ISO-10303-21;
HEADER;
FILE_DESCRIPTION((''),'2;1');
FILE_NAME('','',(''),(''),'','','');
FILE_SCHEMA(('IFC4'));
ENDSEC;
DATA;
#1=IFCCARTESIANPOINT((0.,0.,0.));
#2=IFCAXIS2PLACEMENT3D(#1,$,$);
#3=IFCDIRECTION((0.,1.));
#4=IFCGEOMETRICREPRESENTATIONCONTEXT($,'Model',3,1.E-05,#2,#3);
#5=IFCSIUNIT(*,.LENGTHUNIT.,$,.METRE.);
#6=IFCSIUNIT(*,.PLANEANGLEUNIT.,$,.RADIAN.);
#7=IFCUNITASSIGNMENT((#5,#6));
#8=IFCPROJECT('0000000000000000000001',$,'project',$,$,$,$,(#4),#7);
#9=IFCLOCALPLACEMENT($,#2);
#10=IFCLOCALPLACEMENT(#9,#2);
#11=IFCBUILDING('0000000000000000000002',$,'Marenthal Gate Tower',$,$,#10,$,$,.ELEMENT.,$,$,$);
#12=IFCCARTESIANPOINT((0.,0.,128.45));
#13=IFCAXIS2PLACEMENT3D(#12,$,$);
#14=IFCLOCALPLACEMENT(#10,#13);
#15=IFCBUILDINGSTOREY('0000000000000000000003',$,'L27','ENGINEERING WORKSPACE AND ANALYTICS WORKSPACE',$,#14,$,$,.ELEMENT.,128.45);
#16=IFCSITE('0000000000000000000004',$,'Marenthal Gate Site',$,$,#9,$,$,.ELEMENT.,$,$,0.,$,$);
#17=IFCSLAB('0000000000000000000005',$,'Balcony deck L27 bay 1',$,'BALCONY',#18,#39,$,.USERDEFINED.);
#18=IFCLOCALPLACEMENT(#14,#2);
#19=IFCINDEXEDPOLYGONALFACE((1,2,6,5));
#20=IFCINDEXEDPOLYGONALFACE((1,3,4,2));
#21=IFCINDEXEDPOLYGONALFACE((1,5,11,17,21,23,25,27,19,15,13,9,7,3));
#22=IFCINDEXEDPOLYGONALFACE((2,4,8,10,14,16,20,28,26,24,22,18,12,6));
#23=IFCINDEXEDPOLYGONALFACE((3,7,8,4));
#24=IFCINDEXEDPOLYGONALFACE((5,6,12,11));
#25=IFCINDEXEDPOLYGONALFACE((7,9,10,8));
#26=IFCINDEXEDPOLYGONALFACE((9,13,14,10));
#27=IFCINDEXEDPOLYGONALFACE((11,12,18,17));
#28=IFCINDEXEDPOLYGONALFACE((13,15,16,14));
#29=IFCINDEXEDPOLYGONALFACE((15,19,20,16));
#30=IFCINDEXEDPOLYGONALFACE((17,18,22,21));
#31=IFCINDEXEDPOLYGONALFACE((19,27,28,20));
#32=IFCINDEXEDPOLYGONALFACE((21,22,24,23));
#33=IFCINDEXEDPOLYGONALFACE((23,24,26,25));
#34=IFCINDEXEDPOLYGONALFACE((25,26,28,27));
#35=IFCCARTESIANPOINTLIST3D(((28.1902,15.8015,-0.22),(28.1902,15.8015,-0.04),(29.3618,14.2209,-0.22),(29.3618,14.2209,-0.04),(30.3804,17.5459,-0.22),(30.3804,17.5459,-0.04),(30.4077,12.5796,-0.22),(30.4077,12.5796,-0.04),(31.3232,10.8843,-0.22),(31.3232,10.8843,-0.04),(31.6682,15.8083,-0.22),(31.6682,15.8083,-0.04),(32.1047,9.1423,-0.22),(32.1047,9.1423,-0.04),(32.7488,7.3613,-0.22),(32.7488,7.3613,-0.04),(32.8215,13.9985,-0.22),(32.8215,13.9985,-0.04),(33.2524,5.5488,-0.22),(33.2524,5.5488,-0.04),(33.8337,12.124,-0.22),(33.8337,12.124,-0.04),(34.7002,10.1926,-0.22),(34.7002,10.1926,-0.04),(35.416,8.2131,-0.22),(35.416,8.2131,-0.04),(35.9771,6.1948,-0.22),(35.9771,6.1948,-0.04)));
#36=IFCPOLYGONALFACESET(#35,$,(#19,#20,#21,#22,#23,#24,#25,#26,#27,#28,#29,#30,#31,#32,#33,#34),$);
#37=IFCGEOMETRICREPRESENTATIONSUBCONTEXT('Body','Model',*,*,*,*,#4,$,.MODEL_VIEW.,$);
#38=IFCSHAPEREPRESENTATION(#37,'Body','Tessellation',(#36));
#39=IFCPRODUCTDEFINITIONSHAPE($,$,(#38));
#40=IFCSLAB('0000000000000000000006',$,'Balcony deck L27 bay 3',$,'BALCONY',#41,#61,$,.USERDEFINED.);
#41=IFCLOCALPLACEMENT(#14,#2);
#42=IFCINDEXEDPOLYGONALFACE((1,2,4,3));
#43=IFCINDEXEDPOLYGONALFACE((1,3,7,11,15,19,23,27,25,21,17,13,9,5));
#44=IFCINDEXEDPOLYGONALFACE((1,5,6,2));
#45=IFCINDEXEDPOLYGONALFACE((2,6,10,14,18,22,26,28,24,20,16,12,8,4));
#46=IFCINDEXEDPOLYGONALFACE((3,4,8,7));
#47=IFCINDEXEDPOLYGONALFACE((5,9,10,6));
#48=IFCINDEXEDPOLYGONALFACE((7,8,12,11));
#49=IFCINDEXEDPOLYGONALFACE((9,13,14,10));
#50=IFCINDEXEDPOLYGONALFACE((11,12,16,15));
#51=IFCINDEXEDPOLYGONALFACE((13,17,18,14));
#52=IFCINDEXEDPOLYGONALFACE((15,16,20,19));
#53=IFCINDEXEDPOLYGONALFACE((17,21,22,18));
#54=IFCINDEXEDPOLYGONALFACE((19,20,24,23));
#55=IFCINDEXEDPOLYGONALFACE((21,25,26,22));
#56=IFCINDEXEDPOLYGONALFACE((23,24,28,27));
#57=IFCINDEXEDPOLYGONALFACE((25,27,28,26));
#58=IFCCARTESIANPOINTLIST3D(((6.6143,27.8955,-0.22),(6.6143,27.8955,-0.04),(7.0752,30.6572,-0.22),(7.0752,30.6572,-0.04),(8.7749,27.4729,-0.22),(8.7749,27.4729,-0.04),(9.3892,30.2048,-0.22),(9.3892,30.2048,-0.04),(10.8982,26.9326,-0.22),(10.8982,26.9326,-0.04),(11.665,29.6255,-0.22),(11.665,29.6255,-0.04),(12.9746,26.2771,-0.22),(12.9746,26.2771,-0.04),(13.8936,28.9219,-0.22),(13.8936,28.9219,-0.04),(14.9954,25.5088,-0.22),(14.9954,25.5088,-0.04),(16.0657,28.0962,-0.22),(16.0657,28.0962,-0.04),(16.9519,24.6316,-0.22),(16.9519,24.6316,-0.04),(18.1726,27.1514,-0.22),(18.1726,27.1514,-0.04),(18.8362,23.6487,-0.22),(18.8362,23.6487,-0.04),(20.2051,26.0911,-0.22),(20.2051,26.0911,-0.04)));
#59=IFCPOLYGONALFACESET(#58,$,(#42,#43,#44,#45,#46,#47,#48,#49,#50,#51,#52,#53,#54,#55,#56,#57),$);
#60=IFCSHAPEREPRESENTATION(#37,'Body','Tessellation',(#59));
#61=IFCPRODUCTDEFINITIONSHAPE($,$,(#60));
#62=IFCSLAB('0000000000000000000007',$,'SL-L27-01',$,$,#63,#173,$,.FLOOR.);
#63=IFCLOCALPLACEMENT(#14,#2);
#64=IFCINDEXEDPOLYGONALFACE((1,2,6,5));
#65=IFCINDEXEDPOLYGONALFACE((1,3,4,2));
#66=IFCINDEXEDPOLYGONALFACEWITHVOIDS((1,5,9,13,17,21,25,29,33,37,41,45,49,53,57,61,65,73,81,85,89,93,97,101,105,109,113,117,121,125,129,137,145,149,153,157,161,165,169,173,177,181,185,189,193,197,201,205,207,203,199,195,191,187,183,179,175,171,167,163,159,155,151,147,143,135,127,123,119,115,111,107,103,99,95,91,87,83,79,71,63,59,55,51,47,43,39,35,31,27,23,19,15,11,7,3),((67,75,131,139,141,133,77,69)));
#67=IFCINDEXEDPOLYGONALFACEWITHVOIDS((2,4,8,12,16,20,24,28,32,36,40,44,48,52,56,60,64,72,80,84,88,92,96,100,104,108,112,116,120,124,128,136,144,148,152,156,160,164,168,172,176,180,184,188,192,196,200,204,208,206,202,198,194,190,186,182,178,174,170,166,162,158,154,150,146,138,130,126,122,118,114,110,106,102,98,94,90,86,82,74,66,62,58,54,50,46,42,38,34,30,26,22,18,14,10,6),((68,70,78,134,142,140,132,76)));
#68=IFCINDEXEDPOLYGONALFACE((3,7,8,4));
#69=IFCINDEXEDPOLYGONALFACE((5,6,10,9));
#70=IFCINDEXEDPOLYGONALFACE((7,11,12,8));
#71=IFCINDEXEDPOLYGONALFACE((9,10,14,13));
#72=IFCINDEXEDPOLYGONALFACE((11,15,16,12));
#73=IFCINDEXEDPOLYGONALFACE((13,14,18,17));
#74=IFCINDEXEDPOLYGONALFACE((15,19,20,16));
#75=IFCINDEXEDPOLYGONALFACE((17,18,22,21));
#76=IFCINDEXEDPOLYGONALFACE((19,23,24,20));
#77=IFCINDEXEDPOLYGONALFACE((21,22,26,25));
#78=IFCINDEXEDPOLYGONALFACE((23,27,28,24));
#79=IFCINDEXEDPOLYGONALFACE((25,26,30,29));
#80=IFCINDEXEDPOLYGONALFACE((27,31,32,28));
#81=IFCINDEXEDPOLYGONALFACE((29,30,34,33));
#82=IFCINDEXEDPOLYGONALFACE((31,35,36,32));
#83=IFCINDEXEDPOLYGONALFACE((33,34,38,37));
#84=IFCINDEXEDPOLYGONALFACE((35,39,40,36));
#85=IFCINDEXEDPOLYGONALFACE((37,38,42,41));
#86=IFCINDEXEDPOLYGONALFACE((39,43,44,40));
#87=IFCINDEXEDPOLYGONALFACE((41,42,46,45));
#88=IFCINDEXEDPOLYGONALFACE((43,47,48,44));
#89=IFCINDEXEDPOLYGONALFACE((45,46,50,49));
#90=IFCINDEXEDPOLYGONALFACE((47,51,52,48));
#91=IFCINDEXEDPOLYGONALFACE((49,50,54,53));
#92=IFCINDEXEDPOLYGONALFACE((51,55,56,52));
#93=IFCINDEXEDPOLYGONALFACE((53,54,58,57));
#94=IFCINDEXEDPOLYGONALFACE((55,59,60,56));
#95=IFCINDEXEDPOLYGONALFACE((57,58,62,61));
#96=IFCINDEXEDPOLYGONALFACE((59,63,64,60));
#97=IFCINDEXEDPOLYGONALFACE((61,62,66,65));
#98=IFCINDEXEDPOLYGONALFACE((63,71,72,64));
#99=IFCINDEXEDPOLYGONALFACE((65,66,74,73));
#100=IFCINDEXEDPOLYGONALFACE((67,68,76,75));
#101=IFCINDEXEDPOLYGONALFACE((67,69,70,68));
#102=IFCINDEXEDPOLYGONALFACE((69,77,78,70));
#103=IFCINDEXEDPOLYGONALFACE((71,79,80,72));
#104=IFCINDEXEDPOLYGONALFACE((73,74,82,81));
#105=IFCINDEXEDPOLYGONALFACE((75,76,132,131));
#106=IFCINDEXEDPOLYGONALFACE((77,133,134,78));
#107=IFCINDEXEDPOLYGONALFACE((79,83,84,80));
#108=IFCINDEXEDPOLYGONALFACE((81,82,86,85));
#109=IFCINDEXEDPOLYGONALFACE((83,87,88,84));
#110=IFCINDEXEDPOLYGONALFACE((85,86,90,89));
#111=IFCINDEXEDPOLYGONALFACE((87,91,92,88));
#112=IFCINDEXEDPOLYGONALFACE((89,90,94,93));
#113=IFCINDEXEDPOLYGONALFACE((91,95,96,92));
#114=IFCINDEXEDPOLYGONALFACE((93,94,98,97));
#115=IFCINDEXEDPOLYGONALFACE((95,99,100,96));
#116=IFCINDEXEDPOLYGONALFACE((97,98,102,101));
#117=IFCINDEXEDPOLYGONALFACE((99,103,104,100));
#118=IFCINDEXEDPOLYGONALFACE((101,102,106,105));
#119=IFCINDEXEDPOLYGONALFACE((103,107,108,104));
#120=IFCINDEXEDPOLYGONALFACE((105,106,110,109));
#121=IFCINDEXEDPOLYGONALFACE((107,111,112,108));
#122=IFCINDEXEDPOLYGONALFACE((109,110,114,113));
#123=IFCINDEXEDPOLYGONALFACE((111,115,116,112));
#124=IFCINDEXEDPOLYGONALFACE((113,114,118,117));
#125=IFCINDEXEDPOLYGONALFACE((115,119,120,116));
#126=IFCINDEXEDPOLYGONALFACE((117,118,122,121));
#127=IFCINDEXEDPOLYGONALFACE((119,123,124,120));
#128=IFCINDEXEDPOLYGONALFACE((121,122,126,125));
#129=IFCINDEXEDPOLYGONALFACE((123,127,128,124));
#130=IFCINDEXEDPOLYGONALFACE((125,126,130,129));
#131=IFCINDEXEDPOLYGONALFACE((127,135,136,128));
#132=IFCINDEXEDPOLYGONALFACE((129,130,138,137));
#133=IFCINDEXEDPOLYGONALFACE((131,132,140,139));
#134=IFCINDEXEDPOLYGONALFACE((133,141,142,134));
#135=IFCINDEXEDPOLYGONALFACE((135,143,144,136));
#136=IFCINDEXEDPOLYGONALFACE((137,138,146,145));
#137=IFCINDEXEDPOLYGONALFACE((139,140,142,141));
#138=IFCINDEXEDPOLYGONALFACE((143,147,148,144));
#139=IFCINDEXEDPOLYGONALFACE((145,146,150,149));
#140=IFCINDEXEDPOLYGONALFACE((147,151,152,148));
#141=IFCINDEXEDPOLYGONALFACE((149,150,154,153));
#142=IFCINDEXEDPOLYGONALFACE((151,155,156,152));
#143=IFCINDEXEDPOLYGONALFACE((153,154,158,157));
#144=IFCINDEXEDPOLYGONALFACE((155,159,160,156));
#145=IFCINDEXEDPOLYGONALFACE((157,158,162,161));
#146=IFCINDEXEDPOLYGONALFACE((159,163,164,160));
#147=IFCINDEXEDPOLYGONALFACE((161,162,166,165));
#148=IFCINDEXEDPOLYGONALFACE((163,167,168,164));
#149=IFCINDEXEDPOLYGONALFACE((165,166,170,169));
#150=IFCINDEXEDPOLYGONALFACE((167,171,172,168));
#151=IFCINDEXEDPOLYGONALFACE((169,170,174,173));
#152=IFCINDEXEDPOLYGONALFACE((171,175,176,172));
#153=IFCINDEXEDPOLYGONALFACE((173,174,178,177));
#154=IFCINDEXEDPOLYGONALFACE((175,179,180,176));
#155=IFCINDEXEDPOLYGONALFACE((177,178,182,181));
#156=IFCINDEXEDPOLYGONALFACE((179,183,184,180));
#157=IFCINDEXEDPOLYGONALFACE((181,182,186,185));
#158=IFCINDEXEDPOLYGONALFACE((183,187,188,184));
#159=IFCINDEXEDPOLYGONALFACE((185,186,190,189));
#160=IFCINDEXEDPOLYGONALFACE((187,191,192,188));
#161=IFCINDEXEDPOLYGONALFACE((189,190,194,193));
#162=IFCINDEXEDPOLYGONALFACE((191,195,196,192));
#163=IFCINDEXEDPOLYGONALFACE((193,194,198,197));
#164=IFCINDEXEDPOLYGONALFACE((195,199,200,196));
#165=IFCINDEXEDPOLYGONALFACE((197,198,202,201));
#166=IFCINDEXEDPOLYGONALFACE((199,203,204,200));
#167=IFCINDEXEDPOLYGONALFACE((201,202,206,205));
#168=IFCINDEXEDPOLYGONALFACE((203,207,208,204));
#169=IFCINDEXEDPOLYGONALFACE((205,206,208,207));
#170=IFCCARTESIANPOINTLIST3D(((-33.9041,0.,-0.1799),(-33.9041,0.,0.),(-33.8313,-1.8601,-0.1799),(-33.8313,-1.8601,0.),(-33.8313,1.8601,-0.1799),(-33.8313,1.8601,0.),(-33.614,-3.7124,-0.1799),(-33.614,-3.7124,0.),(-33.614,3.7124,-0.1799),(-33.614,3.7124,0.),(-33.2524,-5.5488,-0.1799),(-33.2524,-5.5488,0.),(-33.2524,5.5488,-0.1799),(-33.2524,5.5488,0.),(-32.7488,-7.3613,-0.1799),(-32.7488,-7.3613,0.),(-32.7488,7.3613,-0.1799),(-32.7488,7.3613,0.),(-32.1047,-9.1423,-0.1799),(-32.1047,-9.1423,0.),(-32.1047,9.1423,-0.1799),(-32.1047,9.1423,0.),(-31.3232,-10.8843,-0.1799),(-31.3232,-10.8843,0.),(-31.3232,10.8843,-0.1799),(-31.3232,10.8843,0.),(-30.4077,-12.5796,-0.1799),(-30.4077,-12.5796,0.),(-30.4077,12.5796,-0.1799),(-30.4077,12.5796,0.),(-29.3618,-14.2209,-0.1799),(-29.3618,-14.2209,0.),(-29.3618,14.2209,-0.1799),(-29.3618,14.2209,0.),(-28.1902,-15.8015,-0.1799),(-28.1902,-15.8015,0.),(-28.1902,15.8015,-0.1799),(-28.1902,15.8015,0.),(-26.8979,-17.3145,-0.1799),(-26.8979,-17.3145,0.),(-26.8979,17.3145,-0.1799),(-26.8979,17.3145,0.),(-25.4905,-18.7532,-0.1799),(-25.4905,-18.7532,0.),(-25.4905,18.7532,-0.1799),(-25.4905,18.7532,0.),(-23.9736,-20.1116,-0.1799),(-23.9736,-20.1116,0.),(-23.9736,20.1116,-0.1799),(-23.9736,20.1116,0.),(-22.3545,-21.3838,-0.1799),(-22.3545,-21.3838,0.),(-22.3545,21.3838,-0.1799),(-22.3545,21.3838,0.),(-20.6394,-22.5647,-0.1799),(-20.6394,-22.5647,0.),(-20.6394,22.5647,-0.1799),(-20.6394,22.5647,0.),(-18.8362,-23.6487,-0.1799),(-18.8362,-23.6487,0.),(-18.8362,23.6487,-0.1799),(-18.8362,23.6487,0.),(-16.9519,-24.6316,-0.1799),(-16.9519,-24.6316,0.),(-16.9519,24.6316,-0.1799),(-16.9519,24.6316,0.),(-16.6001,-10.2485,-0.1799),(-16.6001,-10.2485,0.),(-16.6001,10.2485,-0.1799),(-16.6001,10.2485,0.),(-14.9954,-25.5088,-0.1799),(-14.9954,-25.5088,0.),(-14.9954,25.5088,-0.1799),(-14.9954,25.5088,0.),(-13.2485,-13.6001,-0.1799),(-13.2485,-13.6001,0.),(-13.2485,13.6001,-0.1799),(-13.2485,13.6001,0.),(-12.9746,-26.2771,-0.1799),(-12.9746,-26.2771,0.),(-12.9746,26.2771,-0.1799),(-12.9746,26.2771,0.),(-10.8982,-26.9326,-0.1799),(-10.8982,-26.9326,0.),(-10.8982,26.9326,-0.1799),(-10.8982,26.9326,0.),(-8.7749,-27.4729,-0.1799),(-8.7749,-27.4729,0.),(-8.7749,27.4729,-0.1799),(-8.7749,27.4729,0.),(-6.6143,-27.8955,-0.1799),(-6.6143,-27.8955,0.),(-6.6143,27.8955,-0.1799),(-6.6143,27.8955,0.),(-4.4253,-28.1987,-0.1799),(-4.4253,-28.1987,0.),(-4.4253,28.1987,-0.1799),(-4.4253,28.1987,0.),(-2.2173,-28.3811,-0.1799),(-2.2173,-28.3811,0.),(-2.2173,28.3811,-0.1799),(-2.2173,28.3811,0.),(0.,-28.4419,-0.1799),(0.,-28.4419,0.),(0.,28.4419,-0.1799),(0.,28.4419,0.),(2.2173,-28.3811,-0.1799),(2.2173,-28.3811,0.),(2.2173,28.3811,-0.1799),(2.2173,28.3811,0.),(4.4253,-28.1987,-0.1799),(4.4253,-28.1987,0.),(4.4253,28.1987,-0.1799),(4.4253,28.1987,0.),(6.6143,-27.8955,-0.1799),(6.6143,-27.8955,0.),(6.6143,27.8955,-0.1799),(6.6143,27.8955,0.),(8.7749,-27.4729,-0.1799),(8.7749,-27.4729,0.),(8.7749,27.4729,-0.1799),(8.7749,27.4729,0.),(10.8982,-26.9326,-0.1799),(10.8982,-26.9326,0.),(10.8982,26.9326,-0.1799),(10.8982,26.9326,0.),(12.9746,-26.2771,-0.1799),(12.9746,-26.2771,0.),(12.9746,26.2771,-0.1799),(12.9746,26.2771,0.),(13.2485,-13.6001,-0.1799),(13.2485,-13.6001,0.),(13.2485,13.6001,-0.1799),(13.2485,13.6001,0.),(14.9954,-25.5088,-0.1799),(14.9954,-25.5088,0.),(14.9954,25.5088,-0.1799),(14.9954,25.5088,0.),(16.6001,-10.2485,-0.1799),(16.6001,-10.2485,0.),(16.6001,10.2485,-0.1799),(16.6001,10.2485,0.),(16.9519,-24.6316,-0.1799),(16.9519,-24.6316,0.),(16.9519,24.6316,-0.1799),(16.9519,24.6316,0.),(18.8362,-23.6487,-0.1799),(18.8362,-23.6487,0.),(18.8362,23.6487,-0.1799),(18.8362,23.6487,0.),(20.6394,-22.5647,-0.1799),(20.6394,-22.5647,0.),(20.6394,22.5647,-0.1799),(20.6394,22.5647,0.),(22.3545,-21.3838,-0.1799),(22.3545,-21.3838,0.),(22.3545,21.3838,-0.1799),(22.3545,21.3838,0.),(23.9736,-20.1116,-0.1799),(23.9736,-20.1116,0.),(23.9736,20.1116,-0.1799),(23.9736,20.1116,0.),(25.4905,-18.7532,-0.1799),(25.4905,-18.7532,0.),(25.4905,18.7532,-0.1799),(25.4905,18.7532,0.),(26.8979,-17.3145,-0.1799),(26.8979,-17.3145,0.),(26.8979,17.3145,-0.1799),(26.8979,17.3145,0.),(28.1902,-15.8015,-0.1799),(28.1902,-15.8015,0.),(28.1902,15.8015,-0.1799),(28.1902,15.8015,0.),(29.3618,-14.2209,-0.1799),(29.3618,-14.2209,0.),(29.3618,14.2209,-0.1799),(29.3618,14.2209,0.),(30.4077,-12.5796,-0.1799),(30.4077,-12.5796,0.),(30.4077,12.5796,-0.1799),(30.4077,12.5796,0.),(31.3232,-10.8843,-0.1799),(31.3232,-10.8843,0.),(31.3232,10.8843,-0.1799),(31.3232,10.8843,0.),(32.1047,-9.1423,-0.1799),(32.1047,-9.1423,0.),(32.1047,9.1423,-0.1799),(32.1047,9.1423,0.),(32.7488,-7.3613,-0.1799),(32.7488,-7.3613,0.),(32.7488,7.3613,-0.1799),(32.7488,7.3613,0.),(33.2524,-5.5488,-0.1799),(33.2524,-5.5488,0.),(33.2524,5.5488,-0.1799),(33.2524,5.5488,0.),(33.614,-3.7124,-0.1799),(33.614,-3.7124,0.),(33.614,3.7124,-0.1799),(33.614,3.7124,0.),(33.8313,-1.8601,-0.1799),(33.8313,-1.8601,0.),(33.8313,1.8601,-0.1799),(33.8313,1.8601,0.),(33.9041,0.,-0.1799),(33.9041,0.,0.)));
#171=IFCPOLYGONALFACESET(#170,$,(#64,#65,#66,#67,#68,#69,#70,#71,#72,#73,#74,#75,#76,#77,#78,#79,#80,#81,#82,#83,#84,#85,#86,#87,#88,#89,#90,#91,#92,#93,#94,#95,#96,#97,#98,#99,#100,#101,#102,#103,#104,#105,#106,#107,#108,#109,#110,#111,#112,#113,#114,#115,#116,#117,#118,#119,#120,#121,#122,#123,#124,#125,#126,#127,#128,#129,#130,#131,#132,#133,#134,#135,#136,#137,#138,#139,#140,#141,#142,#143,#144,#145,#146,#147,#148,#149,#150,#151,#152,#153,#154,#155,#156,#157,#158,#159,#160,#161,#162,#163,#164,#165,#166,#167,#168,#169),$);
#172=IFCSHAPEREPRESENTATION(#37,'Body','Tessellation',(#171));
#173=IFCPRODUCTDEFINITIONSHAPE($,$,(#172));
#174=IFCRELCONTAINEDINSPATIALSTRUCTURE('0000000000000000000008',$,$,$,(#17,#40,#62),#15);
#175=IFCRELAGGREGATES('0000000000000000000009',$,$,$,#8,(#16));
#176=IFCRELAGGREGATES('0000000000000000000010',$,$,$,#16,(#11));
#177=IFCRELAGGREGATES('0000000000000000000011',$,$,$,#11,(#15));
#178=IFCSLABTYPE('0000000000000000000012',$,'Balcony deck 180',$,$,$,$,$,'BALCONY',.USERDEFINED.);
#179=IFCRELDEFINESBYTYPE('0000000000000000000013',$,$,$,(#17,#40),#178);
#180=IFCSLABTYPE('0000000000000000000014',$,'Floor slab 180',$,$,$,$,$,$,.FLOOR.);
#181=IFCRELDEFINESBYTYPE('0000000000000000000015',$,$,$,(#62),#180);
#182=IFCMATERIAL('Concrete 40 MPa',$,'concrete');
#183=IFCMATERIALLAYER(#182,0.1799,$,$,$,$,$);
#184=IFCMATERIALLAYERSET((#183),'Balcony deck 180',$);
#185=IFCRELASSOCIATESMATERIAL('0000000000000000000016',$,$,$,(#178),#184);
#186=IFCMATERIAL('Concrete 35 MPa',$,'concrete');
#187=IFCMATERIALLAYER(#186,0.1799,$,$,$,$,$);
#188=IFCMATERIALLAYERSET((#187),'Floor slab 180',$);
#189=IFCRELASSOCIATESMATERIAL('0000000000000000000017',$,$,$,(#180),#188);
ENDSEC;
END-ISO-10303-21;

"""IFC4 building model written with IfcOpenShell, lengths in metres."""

from ifc_helpers import new_model, si_unit, direction, frame, origin, place, context, subcontext, project, spatial, polyline, outline, extrude, material, layer, layer_set, type_object, element, save


model = new_model("IFC4")

# Units and contexts
model_context = context("Model", 3, precision=1e-05, world=origin(), true_north=direction((0.0, 1.0)))
body_context = subcontext(model_context, "Body", "Model", "MODEL_VIEW")
ifc_project = project(units=[si_unit("LENGTHUNIT", "METRE"), si_unit("PLANEANGLEUNIT", "RADIAN")], contexts=[model_context])

# Site, building, storey
site_placement = place(None, origin())
site = spatial("IfcSite", under=ifc_project, at=site_placement, Name="Marenthal Gate Site", CompositionType="ELEMENT", RefElevation=0.0)
building_placement = place(site_placement, origin())
building = spatial("IfcBuilding", under=site, at=building_placement, Name="Marenthal Gate Tower", CompositionType="ELEMENT")
storey_placement = place(building_placement, frame((0.0, 0.0, 128.45)))
storey = spatial("IfcBuildingStorey", under=building, at=storey_placement, Name="L27", Description="ENGINEERING WORKSPACE AND ANALYTICS WORKSPACE", CompositionType="ELEMENT", Elevation=128.45)

# Slabs
ifc_material_1 = material(Name="Concrete 40 MPa", Category="concrete")
ifc_layer_1 = layer(ifc_material_1, 0.1799)
ifc_layer_set_1 = layer_set([ifc_layer_1], Name="Balcony deck 180")
slab_type_1 = type_object("IfcSlabType", Name="Balcony deck 180", ElementType="BALCONY", PredefinedType="USERDEFINED", material=ifc_layer_set_1)
slab_1_placement = place(storey_placement, frame((0.0, 0.0, -0.22)))
element("IfcSlab", 1, at=slab_1_placement, inside=storey, type_object=slab_type_1, Name="Balcony deck L27 bay 1", ObjectType="BALCONY", PredefinedType="USERDEFINED", context=body_context, shape_type="SweptSolid", body=[
    extrude(outline(polyline([(33.2524, 5.5488), (32.7488, 7.3613), (32.1047, 9.1423), (31.3232, 10.8843), (30.4077, 12.5796), (29.3618, 14.2209), (28.1902, 15.8015), (30.3804, 17.5459), (31.6682, 15.8083), (32.8215, 13.9985), (33.8337, 12.124), (34.7002, 10.1926), (35.416, 8.2131), (35.9771, 6.1948), (33.2524, 5.5488)])), origin(), (0.0, 0.0, 1.0), 0.1799),
])
slab_2_placement = place(storey_placement, frame((0.0, 0.0, -0.22)))
element("IfcSlab", 2, at=slab_2_placement, inside=storey, type_object=slab_type_1, Name="Balcony deck L27 bay 3", ObjectType="BALCONY", PredefinedType="USERDEFINED", context=body_context, shape_type="SweptSolid", body=[
    extrude(outline(polyline([(18.8362, 23.6487), (16.9519, 24.6316), (14.9954, 25.5088), (12.9746, 26.2771), (10.8982, 26.9326), (8.7749, 27.4729), (6.6143, 27.8955), (7.0752, 30.6572), (9.3892, 30.2048), (11.665, 29.6255), (13.8936, 28.9219), (16.0657, 28.0962), (18.1726, 27.1514), (20.2051, 26.0911), (18.8362, 23.6487)])), origin(), (0.0, 0.0, 1.0), 0.1799),
])
ifc_material_2 = material(Name="Concrete 35 MPa", Category="concrete")
ifc_layer_2 = layer(ifc_material_2, 0.1799)
ifc_layer_set_2 = layer_set([ifc_layer_2], Name="Floor slab 180")
slab_type_2 = type_object("IfcSlabType", Name="Floor slab 180", PredefinedType="FLOOR", material=ifc_layer_set_2)
slab_3_placement = place(storey_placement, frame((0.0, 0.0, -0.1799)))
element("IfcSlab", 3, at=slab_3_placement, inside=storey, type_object=slab_type_2, Name="SL-L27-01", PredefinedType="FLOOR", context=body_context, shape_type="SweptSolid", body=[
    extrude(outline(polyline([(33.9041, 0.0), (33.8313, 1.8601), (33.614, 3.7124), (33.2524, 5.5488), (32.7488, 7.3613), (32.1047, 9.1423), (31.3232, 10.8843), (30.4077, 12.5796), (29.3618, 14.2209), (28.1902, 15.8015), (26.8979, 17.3145), (25.4905, 18.7532), (23.9736, 20.1116), (22.3545, 21.3838), (20.6394, 22.5647), (18.8362, 23.6487), (16.9519, 24.6316), (14.9954, 25.5088), (12.9746, 26.2771), (10.8982, 26.9326), (8.7749, 27.4729), (6.6143, 27.8955), (4.4253, 28.1987), (2.2173, 28.3811), (0.0, 28.4419), (-2.2173, 28.3811), (-4.4253, 28.1987), (-6.6143, 27.8955), (-8.7749, 27.4729), (-10.8982, 26.9326), (-12.9746, 26.2771), (-14.9954, 25.5088), (-16.9519, 24.6316), (-18.8362, 23.6487), (-20.6394, 22.5647), (-22.3545, 21.3838), (-23.9736, 20.1116), (-25.4905, 18.7532), (-26.8979, 17.3145), (-28.1902, 15.8015), (-29.3618, 14.2209), (-30.4077, 12.5796), (-31.3232, 10.8843), (-32.1047, 9.1423), (-32.7488, 7.3613), (-33.2524, 5.5488), (-33.614, 3.7124), (-33.8313, 1.8601), (-33.9041, 0.0), (-33.8313, -1.8601), (-33.614, -3.7124), (-33.2524, -5.5488), (-32.7488, -7.3613), (-32.1047, -9.1423), (-31.3232, -10.8843), (-30.4077, -12.5796), (-29.3618, -14.2209), (-28.1902, -15.8015), (-26.8979, -17.3145), (-25.4905, -18.7532), (-23.9736, -20.1116), (-22.3545, -21.3838), (-20.6394, -22.5647), (-18.8362, -23.6487), (-16.9519, -24.6316), (-14.9954, -25.5088), (-12.9746, -26.2771), (-10.8982, -26.9326), (-8.7749, -27.4729), (-6.6143, -27.8955), (-4.4253, -28.1987), (-2.2173, -28.3811), (0.0, -28.4419), (2.2173, -28.3811), (4.4253, -28.1987), (6.6143, -27.8955), (8.7749, -27.4729), (10.8982, -26.9326), (12.9746, -26.2771), (14.9954, -25.5088), (16.9519, -24.6316), (18.8362, -23.6487), (20.6394, -22.5647), (22.3545, -21.3838), (23.9736, -20.1116), (25.4905, -18.7532), (26.8979, -17.3145), (28.1902, -15.8015), (29.3618, -14.2209), (30.4077, -12.5796), (31.3232, -10.8843), (32.1047, -9.1423), (32.7488, -7.3613), (33.2524, -5.5488), (33.614, -3.7124), (33.8313, -1.8601), (33.9041, 0.0)]), holes=[polyline([(13.2485, -13.6001), (16.6001, -10.2485), (16.6001, 10.2485), (13.2485, 13.6001), (-13.2485, 13.6001), (-16.6001, 10.2485), (-16.6001, -10.2485), (-13.2485, -13.6001), (13.2485, -13.6001)])]), origin(), (0.0, 0.0, 1.0), 0.1799),
])

save(model, "model.ifc")
